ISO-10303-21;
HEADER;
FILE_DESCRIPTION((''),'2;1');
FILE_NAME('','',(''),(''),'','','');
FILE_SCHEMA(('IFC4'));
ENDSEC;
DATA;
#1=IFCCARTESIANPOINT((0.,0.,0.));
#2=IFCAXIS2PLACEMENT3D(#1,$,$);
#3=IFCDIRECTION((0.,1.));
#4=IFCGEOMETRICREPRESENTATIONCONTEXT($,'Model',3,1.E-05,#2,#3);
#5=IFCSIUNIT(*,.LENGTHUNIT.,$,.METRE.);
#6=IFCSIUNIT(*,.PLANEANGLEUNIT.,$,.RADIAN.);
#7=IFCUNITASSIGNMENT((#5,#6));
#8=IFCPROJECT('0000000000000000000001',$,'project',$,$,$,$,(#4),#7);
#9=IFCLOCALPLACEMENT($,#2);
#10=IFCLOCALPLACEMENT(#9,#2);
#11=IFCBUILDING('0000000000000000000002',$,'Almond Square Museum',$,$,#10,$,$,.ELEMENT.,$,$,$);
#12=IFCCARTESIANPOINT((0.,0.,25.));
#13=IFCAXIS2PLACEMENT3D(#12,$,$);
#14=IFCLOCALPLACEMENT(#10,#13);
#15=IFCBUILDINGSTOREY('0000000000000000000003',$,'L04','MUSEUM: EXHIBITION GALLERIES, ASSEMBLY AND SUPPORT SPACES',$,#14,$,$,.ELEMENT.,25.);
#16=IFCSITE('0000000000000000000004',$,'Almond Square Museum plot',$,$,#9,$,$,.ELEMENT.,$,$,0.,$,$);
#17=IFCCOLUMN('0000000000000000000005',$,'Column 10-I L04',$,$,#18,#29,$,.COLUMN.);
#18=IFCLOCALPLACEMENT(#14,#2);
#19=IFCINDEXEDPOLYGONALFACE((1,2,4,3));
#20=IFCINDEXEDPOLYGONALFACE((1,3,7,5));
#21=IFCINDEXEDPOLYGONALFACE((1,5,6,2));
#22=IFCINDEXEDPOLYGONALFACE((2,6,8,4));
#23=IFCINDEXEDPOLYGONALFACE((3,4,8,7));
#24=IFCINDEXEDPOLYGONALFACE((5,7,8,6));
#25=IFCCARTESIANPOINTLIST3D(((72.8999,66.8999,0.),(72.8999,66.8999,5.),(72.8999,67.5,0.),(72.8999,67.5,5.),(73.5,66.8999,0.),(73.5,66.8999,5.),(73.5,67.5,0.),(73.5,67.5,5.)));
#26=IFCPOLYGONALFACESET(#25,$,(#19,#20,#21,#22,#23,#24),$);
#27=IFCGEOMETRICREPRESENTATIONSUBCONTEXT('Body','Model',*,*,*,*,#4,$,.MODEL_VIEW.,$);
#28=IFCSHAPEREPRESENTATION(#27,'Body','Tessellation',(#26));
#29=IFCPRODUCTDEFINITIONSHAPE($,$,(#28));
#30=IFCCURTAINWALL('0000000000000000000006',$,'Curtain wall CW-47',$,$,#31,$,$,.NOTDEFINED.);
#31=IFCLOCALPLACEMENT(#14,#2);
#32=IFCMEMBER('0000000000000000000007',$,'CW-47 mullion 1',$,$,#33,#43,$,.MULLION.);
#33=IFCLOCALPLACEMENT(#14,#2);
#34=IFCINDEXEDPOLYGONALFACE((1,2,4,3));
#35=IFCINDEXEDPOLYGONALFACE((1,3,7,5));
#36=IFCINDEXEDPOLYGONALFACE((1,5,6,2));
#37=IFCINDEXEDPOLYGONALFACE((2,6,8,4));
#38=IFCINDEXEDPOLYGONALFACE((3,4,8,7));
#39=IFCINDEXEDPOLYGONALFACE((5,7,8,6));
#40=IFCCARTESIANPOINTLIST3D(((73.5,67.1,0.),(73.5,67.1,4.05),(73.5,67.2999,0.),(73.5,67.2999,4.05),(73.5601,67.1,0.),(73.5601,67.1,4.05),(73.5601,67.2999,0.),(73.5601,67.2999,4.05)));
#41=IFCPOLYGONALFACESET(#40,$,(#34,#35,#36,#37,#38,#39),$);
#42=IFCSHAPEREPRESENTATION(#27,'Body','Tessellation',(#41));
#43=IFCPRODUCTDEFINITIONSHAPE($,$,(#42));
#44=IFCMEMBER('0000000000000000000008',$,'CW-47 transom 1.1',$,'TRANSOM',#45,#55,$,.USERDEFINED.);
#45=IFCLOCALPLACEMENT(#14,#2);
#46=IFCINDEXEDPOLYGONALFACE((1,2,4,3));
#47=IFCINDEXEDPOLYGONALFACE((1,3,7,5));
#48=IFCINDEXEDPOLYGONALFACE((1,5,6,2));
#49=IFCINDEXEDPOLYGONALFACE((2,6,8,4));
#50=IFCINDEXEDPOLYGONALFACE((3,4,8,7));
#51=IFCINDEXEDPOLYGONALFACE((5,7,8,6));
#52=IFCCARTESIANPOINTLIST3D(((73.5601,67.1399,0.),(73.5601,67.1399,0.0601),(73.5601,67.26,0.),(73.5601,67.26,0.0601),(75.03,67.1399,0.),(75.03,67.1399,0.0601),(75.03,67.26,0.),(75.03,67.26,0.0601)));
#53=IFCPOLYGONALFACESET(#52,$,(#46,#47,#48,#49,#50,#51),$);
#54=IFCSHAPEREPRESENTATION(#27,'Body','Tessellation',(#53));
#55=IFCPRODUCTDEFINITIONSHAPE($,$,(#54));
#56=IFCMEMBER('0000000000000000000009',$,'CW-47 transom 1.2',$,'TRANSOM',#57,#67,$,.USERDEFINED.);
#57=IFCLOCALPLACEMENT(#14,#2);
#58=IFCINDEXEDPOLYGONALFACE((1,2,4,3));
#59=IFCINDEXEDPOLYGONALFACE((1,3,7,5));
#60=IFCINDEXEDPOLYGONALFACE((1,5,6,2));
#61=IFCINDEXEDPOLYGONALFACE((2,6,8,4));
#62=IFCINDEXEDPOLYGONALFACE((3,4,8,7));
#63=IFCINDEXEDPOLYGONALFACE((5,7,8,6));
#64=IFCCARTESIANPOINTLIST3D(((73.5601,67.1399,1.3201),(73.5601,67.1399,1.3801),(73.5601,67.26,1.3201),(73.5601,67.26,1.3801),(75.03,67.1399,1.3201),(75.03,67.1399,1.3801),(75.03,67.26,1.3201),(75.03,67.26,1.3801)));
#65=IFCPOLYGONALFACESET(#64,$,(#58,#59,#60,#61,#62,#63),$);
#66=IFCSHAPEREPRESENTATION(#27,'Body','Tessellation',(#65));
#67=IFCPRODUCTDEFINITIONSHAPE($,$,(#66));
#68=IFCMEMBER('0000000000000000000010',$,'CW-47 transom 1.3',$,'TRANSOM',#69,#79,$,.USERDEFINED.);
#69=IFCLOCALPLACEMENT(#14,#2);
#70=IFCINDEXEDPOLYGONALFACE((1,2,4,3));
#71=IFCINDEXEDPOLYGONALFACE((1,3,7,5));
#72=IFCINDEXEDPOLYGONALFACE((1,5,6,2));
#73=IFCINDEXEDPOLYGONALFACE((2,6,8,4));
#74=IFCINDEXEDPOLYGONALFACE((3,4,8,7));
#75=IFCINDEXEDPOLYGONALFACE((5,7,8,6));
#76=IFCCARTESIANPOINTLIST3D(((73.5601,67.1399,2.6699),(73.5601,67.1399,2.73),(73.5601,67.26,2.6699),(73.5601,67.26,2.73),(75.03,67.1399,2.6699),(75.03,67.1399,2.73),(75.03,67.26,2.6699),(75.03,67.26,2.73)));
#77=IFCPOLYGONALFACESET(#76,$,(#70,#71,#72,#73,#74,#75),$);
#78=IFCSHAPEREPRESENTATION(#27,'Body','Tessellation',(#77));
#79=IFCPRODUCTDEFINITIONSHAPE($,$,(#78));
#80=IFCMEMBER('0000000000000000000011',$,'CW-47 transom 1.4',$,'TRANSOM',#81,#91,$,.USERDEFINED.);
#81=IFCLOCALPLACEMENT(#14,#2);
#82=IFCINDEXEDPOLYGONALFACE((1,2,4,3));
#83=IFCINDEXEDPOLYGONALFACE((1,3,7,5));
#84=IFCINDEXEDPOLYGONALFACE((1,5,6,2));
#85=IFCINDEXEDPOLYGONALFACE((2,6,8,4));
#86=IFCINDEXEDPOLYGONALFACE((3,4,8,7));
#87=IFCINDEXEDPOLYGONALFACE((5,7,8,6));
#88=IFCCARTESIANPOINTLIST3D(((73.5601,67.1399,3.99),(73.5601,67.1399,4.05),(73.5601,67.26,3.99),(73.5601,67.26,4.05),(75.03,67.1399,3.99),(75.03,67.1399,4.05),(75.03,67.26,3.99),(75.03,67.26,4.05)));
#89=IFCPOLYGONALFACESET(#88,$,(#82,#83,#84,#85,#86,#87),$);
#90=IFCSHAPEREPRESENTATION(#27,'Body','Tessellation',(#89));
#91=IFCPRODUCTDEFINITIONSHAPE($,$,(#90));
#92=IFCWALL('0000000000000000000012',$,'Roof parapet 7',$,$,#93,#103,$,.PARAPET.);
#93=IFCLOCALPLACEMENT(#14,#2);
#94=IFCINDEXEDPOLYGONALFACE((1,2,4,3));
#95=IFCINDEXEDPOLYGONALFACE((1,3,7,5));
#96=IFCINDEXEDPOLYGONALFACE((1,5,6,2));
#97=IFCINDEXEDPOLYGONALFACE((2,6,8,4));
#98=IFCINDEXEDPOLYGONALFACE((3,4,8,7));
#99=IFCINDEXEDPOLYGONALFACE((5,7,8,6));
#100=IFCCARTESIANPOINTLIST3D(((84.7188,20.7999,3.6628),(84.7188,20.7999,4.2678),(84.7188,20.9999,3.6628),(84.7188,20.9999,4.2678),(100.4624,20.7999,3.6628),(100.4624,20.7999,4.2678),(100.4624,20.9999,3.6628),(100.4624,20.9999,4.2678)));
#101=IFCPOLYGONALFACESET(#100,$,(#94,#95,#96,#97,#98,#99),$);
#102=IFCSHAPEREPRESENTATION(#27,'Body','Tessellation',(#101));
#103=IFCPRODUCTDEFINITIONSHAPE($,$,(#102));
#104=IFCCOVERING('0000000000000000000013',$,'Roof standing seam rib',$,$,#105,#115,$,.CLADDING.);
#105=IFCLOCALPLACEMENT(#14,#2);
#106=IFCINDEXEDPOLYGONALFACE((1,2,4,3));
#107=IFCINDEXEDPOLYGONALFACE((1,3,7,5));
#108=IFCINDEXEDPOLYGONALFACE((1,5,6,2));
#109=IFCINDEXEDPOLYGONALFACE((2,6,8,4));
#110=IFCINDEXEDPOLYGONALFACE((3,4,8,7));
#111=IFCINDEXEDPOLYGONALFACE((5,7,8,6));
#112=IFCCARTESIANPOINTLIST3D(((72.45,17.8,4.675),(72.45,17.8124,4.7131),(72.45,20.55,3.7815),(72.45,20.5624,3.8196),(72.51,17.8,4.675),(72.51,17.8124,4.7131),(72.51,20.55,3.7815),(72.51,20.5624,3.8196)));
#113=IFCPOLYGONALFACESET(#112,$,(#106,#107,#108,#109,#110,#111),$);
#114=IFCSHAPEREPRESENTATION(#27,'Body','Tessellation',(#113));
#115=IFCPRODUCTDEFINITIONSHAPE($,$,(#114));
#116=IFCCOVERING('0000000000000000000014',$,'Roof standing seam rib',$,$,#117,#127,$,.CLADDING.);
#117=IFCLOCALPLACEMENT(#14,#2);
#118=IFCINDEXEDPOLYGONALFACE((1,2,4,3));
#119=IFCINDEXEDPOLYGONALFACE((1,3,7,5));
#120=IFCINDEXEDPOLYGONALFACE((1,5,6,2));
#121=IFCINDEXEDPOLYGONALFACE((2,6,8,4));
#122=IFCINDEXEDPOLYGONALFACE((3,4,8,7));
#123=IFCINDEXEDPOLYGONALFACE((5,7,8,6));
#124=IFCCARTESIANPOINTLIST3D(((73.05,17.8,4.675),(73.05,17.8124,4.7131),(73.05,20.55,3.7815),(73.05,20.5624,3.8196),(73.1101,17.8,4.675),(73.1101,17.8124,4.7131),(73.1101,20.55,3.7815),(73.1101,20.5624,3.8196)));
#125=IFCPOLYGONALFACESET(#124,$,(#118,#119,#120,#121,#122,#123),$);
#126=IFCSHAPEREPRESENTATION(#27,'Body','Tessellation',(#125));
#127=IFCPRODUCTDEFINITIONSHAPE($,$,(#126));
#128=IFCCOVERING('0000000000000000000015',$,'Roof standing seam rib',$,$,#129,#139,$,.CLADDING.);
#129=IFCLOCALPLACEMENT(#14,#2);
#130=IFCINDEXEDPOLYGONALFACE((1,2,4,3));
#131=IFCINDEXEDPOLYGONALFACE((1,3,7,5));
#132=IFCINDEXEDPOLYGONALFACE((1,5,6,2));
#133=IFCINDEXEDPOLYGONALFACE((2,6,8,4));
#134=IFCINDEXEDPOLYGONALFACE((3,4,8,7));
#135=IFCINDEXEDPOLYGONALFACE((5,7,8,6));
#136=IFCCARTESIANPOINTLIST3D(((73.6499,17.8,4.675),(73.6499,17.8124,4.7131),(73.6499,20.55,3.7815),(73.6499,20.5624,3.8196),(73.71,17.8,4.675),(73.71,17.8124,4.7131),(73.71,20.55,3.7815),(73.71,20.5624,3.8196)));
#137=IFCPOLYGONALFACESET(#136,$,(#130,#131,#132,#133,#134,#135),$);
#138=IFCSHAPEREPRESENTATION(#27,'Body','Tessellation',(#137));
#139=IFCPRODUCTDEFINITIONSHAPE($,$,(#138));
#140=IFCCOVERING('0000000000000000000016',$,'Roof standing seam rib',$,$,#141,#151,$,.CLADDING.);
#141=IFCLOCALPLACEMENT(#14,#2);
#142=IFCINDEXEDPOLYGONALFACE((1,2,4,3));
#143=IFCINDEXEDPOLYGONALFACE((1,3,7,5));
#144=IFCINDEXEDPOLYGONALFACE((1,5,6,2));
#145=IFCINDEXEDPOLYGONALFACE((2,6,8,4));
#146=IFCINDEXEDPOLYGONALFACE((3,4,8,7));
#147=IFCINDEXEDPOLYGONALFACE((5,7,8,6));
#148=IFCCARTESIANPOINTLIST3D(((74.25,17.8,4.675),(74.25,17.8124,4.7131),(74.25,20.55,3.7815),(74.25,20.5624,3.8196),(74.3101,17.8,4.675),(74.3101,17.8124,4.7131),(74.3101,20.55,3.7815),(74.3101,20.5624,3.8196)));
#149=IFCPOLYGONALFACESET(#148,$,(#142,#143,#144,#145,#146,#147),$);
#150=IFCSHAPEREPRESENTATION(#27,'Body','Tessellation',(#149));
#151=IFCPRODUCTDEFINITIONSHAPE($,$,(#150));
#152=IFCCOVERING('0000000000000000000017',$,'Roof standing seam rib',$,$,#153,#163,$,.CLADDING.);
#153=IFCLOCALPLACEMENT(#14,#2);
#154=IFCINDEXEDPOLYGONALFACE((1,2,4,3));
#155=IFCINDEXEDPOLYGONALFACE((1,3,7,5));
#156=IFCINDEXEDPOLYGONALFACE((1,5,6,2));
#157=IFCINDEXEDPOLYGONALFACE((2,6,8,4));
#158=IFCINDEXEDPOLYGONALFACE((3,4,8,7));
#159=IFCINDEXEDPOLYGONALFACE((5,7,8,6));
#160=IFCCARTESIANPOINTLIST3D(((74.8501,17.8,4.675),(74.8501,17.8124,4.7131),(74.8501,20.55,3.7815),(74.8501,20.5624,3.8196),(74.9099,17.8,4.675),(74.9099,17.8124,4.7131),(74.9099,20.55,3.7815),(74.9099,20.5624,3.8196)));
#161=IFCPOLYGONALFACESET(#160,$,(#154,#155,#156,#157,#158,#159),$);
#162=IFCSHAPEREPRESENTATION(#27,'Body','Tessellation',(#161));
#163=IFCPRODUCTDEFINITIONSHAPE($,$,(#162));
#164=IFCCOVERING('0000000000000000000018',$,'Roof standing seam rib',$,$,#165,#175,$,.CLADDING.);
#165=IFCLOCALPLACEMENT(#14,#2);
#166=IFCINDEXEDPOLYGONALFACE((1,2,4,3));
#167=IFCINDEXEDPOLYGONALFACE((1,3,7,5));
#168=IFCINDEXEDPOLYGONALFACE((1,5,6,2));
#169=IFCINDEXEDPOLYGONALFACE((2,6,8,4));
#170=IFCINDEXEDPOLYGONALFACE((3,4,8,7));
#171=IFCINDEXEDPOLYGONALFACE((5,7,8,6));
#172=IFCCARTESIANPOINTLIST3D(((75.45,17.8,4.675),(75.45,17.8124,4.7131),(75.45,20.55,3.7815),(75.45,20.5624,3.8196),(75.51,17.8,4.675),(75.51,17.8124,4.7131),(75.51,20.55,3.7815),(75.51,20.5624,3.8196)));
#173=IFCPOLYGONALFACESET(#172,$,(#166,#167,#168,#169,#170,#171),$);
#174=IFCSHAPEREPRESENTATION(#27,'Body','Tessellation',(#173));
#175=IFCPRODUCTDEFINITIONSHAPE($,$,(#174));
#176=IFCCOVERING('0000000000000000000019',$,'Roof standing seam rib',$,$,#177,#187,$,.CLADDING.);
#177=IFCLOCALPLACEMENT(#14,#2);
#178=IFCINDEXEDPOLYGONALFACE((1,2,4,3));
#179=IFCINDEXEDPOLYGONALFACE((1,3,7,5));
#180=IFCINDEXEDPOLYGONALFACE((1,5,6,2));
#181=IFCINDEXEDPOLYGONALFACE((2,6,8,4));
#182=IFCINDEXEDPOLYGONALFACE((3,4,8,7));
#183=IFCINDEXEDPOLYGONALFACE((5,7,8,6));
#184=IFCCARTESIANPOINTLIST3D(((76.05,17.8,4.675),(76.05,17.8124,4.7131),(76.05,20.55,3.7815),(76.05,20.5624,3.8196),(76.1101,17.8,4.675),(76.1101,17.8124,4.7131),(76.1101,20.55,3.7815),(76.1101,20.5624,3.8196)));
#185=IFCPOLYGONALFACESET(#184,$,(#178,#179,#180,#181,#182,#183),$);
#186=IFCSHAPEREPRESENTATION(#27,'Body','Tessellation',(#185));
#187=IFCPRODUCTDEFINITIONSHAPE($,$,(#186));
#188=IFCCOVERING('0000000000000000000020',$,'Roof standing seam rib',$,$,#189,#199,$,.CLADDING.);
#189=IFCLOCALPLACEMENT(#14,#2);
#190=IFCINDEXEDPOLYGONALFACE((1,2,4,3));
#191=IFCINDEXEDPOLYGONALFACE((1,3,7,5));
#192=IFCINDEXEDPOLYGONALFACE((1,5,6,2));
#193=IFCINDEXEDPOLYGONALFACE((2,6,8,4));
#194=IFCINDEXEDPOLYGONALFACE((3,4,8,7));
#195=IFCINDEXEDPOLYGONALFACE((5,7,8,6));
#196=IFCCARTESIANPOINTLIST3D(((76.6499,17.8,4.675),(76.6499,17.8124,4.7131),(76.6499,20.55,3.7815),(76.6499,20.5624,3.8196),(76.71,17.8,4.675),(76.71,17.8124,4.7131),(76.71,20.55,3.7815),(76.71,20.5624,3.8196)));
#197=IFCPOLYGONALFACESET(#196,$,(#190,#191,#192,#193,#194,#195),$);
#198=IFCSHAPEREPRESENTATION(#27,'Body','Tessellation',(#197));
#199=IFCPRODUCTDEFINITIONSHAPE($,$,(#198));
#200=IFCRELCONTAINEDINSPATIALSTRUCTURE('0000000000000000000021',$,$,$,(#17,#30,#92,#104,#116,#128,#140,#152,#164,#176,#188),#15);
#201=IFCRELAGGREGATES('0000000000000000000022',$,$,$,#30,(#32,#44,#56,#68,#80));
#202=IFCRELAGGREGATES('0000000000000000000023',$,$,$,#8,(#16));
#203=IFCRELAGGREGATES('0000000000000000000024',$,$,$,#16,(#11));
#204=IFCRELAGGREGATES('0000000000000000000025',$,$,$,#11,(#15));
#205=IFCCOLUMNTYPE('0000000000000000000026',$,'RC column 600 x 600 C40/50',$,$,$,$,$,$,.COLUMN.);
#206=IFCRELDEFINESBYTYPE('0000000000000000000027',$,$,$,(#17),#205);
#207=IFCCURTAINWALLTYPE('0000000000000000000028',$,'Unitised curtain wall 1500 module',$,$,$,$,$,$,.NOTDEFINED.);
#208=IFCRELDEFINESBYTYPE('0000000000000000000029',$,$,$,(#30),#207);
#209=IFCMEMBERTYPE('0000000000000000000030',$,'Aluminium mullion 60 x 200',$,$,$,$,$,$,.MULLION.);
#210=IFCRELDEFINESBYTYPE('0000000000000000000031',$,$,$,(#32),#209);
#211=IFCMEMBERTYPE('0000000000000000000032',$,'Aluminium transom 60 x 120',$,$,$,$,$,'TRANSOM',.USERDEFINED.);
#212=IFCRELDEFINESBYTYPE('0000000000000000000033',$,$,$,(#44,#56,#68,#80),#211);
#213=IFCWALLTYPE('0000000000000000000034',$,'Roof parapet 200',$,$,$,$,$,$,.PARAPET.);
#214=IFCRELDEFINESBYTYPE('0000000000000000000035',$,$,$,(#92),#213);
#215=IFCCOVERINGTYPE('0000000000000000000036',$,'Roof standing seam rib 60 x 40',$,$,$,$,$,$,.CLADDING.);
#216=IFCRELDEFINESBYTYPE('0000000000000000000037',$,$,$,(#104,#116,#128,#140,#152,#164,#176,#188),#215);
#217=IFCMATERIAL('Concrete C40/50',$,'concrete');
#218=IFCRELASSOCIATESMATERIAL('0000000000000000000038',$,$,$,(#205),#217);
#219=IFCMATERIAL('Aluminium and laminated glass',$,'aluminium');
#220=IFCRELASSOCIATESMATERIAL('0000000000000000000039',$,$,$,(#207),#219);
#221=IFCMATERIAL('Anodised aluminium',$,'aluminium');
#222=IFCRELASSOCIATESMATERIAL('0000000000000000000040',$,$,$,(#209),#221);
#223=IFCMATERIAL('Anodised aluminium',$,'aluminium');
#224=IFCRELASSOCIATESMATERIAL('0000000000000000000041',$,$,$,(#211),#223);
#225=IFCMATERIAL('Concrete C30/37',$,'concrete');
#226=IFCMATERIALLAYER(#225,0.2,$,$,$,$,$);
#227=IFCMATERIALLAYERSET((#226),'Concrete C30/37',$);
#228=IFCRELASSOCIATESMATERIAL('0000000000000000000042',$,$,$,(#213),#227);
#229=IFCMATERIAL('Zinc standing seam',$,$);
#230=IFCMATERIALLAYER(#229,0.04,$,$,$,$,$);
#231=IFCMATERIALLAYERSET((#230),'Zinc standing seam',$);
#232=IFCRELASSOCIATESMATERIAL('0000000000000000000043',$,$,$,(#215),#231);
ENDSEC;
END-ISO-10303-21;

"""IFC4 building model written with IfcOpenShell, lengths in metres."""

from ifc_helpers import new_model, si_unit, direction, frame, frame_2d, origin, origin_2d, place, context, subcontext, project, spatial, polyline, rectangle, outline, extrude, material, layer, layer_set, material_profile, profile_set, type_object, element, aggregate, save


model = new_model("IFC4")

# Units and contexts
model_context = context("Model", 3, precision=1e-05, world=origin(), true_north=direction((0.0, 1.0)))
body_context = subcontext(model_context, "Body", "Model", "MODEL_VIEW")
ifc_project = project(units=[si_unit("LENGTHUNIT", "METRE"), si_unit("PLANEANGLEUNIT", "RADIAN")], contexts=[model_context])

# Site, building, storey
site_placement = place(None, origin())
site = spatial("IfcSite", under=ifc_project, at=site_placement, Name="Almond Square Museum plot", CompositionType="ELEMENT", RefElevation=0.0)
building_placement = place(site_placement, origin())
building = spatial("IfcBuilding", under=site, at=building_placement, Name="Almond Square Museum", CompositionType="ELEMENT")
storey_placement = place(building_placement, frame((0.0, 0.0, 25.0)))
storey = spatial("IfcBuildingStorey", under=building, at=storey_placement, Name="L04", Description="MUSEUM: EXHIBITION GALLERIES, ASSEMBLY AND SUPPORT SPACES", CompositionType="ELEMENT", Elevation=25.0)

# Column
ifc_material_1 = material(Name="Concrete C40/50", Category="concrete")
ifc_material_profile_1 = material_profile(ifc_material_1, rectangle(XDim=0.6001, YDim=0.6001, at=origin_2d()))
ifc_profile_set_1 = profile_set([ifc_material_profile_1], Name="Concrete C40/50")
column_type = type_object("IfcColumnType", Name="RC column 600 x 600 C40/50", PredefinedType="COLUMN", material=ifc_profile_set_1)
column_placement = place(storey_placement, frame((73.2, 67.2, 0.0), z_axis=(0.0, 0.0, 1.0), x_axis=(1.0, 0.0, 0.0)))
element("IfcColumn", 1, at=column_placement, inside=storey, type_object=column_type, Name="Column 10-I L04", PredefinedType="COLUMN", context=body_context, shape_type="SweptSolid", body=[
    extrude(rectangle(XDim=0.6001, YDim=0.6001, at=origin_2d()), origin(), (0.0, 0.0, 1.0), 5.0),
])

# Curtain wall, members
ifc_material_2 = material(Name="Aluminium and laminated glass", Category="aluminium")
curtain_wall_type = type_object("IfcCurtainWallType", Name="Unitised curtain wall 1500 module", PredefinedType="NOTDEFINED", material=ifc_material_2)
curtain_wall_placement = place(storey_placement, origin())
curtain_wall = element("IfcCurtainWall", 2, at=curtain_wall_placement, inside=storey, type_object=curtain_wall_type, Name="Curtain wall CW-47", PredefinedType="NOTDEFINED")
ifc_material_3 = material(Name="Anodised aluminium", Category="aluminium")
ifc_material_profile_2 = material_profile(ifc_material_3, rectangle(XDim=0.2, YDim=0.0601, at=origin_2d()))
ifc_profile_set_2 = profile_set([ifc_material_profile_2], Name="Anodised aluminium")
member_type_1 = type_object("IfcMemberType", Name="Aluminium mullion 60 x 200", PredefinedType="MULLION", material=ifc_profile_set_2)
member_1_placement = place(storey_placement, frame((73.53, 67.2, 0.0), z_axis=(0.0, 0.0, 1.0), x_axis=(0.0, 1.0, 0.0)))
member_1 = element("IfcMember", 3, at=member_1_placement, type_object=member_type_1, Name="CW-47 mullion 1", PredefinedType="MULLION", context=body_context, shape_type="SweptSolid", body=[
    extrude(rectangle(XDim=0.2, YDim=0.0601, at=origin_2d()), origin(), (0.0, 0.0, 1.0), 4.05),
])
ifc_material_4 = material(Name="Anodised aluminium", Category="aluminium")
ifc_material_profile_3 = material_profile(ifc_material_4, rectangle(XDim=0.1201, YDim=0.0601, at=origin_2d()))
ifc_profile_set_3 = profile_set([ifc_material_profile_3], Name="Anodised aluminium")
member_type_2 = type_object("IfcMemberType", Name="Aluminium transom 60 x 120", ElementType="TRANSOM", PredefinedType="USERDEFINED", material=ifc_profile_set_3)
member_2_placement = place(storey_placement, frame((73.5601, 67.2, 0.03), z_axis=(1.0, 0.0, 0.0), x_axis=(0.0, 1.0, 0.0)))
member_2 = element("IfcMember", 4, at=member_2_placement, type_object=member_type_2, Name="CW-47 transom 1.1", ObjectType="TRANSOM", PredefinedType="USERDEFINED", context=body_context, shape_type="SweptSolid", body=[
    extrude(rectangle(XDim=0.1201, YDim=0.0601, at=origin_2d()), origin(), (0.0, 0.0, 1.0), 1.47),
])
member_3_placement = place(storey_placement, frame((73.5601, 67.2, 1.3501), z_axis=(1.0, 0.0, 0.0), x_axis=(0.0, 1.0, 0.0)))
member_3 = element("IfcMember", 5, at=member_3_placement, type_object=member_type_2, Name="CW-47 transom 1.2", ObjectType="TRANSOM", PredefinedType="USERDEFINED", context=body_context, shape_type="SweptSolid", body=[
    extrude(rectangle(XDim=0.1201, YDim=0.0601, at=origin_2d()), origin(), (0.0, 0.0, 1.0), 1.47),
])
member_4_placement = place(storey_placement, frame((73.5601, 67.2, 2.7), z_axis=(1.0, 0.0, 0.0), x_axis=(0.0, 1.0, 0.0)))
member_4 = element("IfcMember", 6, at=member_4_placement, type_object=member_type_2, Name="CW-47 transom 1.3", ObjectType="TRANSOM", PredefinedType="USERDEFINED", context=body_context, shape_type="SweptSolid", body=[
    extrude(rectangle(XDim=0.1201, YDim=0.0601, at=origin_2d()), origin(), (0.0, 0.0, 1.0), 1.47),
])
member_5_placement = place(storey_placement, frame((73.5601, 67.2, 4.02), z_axis=(1.0, 0.0, 0.0), x_axis=(0.0, 1.0, 0.0)))
member_5 = element("IfcMember", 7, at=member_5_placement, type_object=member_type_2, Name="CW-47 transom 1.4", ObjectType="TRANSOM", PredefinedType="USERDEFINED", context=body_context, shape_type="SweptSolid", body=[
    extrude(rectangle(XDim=0.1201, YDim=0.0601, at=origin_2d()), origin(), (0.0, 0.0, 1.0), 1.47),
])
aggregate(curtain_wall, [member_1, member_2, member_3, member_4, member_5])

# Wall
ifc_material_5 = material(Name="Concrete C30/37", Category="concrete")
ifc_layer_1 = layer(ifc_material_5, 0.2)
ifc_layer_set_1 = layer_set([ifc_layer_1], Name="Concrete C30/37")
wall_type = type_object("IfcWallType", Name="Roof parapet 200", PredefinedType="PARAPET", material=ifc_layer_set_1)
wall_placement = place(storey_placement, frame((84.7188, 20.8999, 3.6628), z_axis=(0.0, 0.0, 1.0), x_axis=(1.0, 0.0, 0.0)))
element("IfcWall", 8, at=wall_placement, inside=storey, type_object=wall_type, Name="Roof parapet 7", PredefinedType="PARAPET", context=body_context, shape_type="SweptSolid", body=[
    extrude(rectangle(XDim=15.7437, YDim=0.2, at=frame_2d((7.8718, 0.0))), origin(), (0.0, 0.0, 1.0), 0.605),
])

# Coverings
ifc_material_6 = material(Name="Zinc standing seam")
ifc_layer_2 = layer(ifc_material_6, 0.04)
ifc_layer_set_2 = layer_set([ifc_layer_2], Name="Zinc standing seam")
covering_type = type_object("IfcCoveringType", Name="Roof standing seam rib 60 x 40", PredefinedType="CLADDING", material=ifc_layer_set_2)
for number, where, z_axis, x_axis, name in (
    (9, (72.45, 17.8, 4.675), (0.0, 0.309025, 0.951054), (1.0, 0.0, 0.0), "Roof standing seam rib"),
    (10, (73.05, 17.8, 4.675), (0.0, 0.309025, 0.951054), (1.0, 0.0, 0.0), "Roof standing seam rib"),
    (11, (73.6499, 17.8, 4.675), (0.0, 0.309025, 0.951054), (1.0, 0.0, 0.0), "Roof standing seam rib"),
    (12, (74.25, 17.8, 4.675), (0.0, 0.309025, 0.951054), (1.0, 0.0, 0.0), "Roof standing seam rib"),
):
    element("IfcCovering", number, at=place(storey_placement, frame(where, z_axis=z_axis, x_axis=x_axis)), inside=storey, type_object=covering_type, Name=name, PredefinedType="CLADDING", context=body_context, shape_type="SweptSolid", body=[
        extrude(outline(polyline([(0.0, 0.0), (0.0601, 0.0), (0.0601, 2.8915), (0.0, 2.8915), (0.0, 0.0)])), origin(), (0.0, 0.0, 1.0), 0.04),
    ])
covering_1_placement = place(storey_placement, frame((74.8501, 17.8, 4.675), z_axis=(0.0, 0.309025, 0.951054), x_axis=(1.0, 0.0, 0.0)))
element("IfcCovering", 13, at=covering_1_placement, inside=storey, type_object=covering_type, Name="Roof standing seam rib", PredefinedType="CLADDING", context=body_context, shape_type="SweptSolid", body=[
    extrude(outline(polyline([(0.0, 0.0), (0.0598, 0.0), (0.0598, 2.8915), (0.0, 2.8915), (0.0, 0.0)])), origin(), (0.0, 0.0, 1.0), 0.04),
])
for number, where, z_axis, x_axis, name in (
    (14, (75.45, 17.8, 4.675), (0.0, 0.309025, 0.951054), (1.0, 0.0, 0.0), "Roof standing seam rib"),
    (15, (76.05, 17.8, 4.675), (0.0, 0.309025, 0.951054), (1.0, 0.0, 0.0), "Roof standing seam rib"),
    (16, (76.6499, 17.8, 4.675), (0.0, 0.309025, 0.951054), (1.0, 0.0, 0.0), "Roof standing seam rib"),
):
    element("IfcCovering", number, at=place(storey_placement, frame(where, z_axis=z_axis, x_axis=x_axis)), inside=storey, type_object=covering_type, Name=name, PredefinedType="CLADDING", context=body_context, shape_type="SweptSolid", body=[
        extrude(outline(polyline([(0.0, 0.0), (0.0601, 0.0), (0.0601, 2.8915), (0.0, 2.8915), (0.0, 0.0)])), origin(), (0.0, 0.0, 1.0), 0.04),
    ])

save(model, "model.ifc")
